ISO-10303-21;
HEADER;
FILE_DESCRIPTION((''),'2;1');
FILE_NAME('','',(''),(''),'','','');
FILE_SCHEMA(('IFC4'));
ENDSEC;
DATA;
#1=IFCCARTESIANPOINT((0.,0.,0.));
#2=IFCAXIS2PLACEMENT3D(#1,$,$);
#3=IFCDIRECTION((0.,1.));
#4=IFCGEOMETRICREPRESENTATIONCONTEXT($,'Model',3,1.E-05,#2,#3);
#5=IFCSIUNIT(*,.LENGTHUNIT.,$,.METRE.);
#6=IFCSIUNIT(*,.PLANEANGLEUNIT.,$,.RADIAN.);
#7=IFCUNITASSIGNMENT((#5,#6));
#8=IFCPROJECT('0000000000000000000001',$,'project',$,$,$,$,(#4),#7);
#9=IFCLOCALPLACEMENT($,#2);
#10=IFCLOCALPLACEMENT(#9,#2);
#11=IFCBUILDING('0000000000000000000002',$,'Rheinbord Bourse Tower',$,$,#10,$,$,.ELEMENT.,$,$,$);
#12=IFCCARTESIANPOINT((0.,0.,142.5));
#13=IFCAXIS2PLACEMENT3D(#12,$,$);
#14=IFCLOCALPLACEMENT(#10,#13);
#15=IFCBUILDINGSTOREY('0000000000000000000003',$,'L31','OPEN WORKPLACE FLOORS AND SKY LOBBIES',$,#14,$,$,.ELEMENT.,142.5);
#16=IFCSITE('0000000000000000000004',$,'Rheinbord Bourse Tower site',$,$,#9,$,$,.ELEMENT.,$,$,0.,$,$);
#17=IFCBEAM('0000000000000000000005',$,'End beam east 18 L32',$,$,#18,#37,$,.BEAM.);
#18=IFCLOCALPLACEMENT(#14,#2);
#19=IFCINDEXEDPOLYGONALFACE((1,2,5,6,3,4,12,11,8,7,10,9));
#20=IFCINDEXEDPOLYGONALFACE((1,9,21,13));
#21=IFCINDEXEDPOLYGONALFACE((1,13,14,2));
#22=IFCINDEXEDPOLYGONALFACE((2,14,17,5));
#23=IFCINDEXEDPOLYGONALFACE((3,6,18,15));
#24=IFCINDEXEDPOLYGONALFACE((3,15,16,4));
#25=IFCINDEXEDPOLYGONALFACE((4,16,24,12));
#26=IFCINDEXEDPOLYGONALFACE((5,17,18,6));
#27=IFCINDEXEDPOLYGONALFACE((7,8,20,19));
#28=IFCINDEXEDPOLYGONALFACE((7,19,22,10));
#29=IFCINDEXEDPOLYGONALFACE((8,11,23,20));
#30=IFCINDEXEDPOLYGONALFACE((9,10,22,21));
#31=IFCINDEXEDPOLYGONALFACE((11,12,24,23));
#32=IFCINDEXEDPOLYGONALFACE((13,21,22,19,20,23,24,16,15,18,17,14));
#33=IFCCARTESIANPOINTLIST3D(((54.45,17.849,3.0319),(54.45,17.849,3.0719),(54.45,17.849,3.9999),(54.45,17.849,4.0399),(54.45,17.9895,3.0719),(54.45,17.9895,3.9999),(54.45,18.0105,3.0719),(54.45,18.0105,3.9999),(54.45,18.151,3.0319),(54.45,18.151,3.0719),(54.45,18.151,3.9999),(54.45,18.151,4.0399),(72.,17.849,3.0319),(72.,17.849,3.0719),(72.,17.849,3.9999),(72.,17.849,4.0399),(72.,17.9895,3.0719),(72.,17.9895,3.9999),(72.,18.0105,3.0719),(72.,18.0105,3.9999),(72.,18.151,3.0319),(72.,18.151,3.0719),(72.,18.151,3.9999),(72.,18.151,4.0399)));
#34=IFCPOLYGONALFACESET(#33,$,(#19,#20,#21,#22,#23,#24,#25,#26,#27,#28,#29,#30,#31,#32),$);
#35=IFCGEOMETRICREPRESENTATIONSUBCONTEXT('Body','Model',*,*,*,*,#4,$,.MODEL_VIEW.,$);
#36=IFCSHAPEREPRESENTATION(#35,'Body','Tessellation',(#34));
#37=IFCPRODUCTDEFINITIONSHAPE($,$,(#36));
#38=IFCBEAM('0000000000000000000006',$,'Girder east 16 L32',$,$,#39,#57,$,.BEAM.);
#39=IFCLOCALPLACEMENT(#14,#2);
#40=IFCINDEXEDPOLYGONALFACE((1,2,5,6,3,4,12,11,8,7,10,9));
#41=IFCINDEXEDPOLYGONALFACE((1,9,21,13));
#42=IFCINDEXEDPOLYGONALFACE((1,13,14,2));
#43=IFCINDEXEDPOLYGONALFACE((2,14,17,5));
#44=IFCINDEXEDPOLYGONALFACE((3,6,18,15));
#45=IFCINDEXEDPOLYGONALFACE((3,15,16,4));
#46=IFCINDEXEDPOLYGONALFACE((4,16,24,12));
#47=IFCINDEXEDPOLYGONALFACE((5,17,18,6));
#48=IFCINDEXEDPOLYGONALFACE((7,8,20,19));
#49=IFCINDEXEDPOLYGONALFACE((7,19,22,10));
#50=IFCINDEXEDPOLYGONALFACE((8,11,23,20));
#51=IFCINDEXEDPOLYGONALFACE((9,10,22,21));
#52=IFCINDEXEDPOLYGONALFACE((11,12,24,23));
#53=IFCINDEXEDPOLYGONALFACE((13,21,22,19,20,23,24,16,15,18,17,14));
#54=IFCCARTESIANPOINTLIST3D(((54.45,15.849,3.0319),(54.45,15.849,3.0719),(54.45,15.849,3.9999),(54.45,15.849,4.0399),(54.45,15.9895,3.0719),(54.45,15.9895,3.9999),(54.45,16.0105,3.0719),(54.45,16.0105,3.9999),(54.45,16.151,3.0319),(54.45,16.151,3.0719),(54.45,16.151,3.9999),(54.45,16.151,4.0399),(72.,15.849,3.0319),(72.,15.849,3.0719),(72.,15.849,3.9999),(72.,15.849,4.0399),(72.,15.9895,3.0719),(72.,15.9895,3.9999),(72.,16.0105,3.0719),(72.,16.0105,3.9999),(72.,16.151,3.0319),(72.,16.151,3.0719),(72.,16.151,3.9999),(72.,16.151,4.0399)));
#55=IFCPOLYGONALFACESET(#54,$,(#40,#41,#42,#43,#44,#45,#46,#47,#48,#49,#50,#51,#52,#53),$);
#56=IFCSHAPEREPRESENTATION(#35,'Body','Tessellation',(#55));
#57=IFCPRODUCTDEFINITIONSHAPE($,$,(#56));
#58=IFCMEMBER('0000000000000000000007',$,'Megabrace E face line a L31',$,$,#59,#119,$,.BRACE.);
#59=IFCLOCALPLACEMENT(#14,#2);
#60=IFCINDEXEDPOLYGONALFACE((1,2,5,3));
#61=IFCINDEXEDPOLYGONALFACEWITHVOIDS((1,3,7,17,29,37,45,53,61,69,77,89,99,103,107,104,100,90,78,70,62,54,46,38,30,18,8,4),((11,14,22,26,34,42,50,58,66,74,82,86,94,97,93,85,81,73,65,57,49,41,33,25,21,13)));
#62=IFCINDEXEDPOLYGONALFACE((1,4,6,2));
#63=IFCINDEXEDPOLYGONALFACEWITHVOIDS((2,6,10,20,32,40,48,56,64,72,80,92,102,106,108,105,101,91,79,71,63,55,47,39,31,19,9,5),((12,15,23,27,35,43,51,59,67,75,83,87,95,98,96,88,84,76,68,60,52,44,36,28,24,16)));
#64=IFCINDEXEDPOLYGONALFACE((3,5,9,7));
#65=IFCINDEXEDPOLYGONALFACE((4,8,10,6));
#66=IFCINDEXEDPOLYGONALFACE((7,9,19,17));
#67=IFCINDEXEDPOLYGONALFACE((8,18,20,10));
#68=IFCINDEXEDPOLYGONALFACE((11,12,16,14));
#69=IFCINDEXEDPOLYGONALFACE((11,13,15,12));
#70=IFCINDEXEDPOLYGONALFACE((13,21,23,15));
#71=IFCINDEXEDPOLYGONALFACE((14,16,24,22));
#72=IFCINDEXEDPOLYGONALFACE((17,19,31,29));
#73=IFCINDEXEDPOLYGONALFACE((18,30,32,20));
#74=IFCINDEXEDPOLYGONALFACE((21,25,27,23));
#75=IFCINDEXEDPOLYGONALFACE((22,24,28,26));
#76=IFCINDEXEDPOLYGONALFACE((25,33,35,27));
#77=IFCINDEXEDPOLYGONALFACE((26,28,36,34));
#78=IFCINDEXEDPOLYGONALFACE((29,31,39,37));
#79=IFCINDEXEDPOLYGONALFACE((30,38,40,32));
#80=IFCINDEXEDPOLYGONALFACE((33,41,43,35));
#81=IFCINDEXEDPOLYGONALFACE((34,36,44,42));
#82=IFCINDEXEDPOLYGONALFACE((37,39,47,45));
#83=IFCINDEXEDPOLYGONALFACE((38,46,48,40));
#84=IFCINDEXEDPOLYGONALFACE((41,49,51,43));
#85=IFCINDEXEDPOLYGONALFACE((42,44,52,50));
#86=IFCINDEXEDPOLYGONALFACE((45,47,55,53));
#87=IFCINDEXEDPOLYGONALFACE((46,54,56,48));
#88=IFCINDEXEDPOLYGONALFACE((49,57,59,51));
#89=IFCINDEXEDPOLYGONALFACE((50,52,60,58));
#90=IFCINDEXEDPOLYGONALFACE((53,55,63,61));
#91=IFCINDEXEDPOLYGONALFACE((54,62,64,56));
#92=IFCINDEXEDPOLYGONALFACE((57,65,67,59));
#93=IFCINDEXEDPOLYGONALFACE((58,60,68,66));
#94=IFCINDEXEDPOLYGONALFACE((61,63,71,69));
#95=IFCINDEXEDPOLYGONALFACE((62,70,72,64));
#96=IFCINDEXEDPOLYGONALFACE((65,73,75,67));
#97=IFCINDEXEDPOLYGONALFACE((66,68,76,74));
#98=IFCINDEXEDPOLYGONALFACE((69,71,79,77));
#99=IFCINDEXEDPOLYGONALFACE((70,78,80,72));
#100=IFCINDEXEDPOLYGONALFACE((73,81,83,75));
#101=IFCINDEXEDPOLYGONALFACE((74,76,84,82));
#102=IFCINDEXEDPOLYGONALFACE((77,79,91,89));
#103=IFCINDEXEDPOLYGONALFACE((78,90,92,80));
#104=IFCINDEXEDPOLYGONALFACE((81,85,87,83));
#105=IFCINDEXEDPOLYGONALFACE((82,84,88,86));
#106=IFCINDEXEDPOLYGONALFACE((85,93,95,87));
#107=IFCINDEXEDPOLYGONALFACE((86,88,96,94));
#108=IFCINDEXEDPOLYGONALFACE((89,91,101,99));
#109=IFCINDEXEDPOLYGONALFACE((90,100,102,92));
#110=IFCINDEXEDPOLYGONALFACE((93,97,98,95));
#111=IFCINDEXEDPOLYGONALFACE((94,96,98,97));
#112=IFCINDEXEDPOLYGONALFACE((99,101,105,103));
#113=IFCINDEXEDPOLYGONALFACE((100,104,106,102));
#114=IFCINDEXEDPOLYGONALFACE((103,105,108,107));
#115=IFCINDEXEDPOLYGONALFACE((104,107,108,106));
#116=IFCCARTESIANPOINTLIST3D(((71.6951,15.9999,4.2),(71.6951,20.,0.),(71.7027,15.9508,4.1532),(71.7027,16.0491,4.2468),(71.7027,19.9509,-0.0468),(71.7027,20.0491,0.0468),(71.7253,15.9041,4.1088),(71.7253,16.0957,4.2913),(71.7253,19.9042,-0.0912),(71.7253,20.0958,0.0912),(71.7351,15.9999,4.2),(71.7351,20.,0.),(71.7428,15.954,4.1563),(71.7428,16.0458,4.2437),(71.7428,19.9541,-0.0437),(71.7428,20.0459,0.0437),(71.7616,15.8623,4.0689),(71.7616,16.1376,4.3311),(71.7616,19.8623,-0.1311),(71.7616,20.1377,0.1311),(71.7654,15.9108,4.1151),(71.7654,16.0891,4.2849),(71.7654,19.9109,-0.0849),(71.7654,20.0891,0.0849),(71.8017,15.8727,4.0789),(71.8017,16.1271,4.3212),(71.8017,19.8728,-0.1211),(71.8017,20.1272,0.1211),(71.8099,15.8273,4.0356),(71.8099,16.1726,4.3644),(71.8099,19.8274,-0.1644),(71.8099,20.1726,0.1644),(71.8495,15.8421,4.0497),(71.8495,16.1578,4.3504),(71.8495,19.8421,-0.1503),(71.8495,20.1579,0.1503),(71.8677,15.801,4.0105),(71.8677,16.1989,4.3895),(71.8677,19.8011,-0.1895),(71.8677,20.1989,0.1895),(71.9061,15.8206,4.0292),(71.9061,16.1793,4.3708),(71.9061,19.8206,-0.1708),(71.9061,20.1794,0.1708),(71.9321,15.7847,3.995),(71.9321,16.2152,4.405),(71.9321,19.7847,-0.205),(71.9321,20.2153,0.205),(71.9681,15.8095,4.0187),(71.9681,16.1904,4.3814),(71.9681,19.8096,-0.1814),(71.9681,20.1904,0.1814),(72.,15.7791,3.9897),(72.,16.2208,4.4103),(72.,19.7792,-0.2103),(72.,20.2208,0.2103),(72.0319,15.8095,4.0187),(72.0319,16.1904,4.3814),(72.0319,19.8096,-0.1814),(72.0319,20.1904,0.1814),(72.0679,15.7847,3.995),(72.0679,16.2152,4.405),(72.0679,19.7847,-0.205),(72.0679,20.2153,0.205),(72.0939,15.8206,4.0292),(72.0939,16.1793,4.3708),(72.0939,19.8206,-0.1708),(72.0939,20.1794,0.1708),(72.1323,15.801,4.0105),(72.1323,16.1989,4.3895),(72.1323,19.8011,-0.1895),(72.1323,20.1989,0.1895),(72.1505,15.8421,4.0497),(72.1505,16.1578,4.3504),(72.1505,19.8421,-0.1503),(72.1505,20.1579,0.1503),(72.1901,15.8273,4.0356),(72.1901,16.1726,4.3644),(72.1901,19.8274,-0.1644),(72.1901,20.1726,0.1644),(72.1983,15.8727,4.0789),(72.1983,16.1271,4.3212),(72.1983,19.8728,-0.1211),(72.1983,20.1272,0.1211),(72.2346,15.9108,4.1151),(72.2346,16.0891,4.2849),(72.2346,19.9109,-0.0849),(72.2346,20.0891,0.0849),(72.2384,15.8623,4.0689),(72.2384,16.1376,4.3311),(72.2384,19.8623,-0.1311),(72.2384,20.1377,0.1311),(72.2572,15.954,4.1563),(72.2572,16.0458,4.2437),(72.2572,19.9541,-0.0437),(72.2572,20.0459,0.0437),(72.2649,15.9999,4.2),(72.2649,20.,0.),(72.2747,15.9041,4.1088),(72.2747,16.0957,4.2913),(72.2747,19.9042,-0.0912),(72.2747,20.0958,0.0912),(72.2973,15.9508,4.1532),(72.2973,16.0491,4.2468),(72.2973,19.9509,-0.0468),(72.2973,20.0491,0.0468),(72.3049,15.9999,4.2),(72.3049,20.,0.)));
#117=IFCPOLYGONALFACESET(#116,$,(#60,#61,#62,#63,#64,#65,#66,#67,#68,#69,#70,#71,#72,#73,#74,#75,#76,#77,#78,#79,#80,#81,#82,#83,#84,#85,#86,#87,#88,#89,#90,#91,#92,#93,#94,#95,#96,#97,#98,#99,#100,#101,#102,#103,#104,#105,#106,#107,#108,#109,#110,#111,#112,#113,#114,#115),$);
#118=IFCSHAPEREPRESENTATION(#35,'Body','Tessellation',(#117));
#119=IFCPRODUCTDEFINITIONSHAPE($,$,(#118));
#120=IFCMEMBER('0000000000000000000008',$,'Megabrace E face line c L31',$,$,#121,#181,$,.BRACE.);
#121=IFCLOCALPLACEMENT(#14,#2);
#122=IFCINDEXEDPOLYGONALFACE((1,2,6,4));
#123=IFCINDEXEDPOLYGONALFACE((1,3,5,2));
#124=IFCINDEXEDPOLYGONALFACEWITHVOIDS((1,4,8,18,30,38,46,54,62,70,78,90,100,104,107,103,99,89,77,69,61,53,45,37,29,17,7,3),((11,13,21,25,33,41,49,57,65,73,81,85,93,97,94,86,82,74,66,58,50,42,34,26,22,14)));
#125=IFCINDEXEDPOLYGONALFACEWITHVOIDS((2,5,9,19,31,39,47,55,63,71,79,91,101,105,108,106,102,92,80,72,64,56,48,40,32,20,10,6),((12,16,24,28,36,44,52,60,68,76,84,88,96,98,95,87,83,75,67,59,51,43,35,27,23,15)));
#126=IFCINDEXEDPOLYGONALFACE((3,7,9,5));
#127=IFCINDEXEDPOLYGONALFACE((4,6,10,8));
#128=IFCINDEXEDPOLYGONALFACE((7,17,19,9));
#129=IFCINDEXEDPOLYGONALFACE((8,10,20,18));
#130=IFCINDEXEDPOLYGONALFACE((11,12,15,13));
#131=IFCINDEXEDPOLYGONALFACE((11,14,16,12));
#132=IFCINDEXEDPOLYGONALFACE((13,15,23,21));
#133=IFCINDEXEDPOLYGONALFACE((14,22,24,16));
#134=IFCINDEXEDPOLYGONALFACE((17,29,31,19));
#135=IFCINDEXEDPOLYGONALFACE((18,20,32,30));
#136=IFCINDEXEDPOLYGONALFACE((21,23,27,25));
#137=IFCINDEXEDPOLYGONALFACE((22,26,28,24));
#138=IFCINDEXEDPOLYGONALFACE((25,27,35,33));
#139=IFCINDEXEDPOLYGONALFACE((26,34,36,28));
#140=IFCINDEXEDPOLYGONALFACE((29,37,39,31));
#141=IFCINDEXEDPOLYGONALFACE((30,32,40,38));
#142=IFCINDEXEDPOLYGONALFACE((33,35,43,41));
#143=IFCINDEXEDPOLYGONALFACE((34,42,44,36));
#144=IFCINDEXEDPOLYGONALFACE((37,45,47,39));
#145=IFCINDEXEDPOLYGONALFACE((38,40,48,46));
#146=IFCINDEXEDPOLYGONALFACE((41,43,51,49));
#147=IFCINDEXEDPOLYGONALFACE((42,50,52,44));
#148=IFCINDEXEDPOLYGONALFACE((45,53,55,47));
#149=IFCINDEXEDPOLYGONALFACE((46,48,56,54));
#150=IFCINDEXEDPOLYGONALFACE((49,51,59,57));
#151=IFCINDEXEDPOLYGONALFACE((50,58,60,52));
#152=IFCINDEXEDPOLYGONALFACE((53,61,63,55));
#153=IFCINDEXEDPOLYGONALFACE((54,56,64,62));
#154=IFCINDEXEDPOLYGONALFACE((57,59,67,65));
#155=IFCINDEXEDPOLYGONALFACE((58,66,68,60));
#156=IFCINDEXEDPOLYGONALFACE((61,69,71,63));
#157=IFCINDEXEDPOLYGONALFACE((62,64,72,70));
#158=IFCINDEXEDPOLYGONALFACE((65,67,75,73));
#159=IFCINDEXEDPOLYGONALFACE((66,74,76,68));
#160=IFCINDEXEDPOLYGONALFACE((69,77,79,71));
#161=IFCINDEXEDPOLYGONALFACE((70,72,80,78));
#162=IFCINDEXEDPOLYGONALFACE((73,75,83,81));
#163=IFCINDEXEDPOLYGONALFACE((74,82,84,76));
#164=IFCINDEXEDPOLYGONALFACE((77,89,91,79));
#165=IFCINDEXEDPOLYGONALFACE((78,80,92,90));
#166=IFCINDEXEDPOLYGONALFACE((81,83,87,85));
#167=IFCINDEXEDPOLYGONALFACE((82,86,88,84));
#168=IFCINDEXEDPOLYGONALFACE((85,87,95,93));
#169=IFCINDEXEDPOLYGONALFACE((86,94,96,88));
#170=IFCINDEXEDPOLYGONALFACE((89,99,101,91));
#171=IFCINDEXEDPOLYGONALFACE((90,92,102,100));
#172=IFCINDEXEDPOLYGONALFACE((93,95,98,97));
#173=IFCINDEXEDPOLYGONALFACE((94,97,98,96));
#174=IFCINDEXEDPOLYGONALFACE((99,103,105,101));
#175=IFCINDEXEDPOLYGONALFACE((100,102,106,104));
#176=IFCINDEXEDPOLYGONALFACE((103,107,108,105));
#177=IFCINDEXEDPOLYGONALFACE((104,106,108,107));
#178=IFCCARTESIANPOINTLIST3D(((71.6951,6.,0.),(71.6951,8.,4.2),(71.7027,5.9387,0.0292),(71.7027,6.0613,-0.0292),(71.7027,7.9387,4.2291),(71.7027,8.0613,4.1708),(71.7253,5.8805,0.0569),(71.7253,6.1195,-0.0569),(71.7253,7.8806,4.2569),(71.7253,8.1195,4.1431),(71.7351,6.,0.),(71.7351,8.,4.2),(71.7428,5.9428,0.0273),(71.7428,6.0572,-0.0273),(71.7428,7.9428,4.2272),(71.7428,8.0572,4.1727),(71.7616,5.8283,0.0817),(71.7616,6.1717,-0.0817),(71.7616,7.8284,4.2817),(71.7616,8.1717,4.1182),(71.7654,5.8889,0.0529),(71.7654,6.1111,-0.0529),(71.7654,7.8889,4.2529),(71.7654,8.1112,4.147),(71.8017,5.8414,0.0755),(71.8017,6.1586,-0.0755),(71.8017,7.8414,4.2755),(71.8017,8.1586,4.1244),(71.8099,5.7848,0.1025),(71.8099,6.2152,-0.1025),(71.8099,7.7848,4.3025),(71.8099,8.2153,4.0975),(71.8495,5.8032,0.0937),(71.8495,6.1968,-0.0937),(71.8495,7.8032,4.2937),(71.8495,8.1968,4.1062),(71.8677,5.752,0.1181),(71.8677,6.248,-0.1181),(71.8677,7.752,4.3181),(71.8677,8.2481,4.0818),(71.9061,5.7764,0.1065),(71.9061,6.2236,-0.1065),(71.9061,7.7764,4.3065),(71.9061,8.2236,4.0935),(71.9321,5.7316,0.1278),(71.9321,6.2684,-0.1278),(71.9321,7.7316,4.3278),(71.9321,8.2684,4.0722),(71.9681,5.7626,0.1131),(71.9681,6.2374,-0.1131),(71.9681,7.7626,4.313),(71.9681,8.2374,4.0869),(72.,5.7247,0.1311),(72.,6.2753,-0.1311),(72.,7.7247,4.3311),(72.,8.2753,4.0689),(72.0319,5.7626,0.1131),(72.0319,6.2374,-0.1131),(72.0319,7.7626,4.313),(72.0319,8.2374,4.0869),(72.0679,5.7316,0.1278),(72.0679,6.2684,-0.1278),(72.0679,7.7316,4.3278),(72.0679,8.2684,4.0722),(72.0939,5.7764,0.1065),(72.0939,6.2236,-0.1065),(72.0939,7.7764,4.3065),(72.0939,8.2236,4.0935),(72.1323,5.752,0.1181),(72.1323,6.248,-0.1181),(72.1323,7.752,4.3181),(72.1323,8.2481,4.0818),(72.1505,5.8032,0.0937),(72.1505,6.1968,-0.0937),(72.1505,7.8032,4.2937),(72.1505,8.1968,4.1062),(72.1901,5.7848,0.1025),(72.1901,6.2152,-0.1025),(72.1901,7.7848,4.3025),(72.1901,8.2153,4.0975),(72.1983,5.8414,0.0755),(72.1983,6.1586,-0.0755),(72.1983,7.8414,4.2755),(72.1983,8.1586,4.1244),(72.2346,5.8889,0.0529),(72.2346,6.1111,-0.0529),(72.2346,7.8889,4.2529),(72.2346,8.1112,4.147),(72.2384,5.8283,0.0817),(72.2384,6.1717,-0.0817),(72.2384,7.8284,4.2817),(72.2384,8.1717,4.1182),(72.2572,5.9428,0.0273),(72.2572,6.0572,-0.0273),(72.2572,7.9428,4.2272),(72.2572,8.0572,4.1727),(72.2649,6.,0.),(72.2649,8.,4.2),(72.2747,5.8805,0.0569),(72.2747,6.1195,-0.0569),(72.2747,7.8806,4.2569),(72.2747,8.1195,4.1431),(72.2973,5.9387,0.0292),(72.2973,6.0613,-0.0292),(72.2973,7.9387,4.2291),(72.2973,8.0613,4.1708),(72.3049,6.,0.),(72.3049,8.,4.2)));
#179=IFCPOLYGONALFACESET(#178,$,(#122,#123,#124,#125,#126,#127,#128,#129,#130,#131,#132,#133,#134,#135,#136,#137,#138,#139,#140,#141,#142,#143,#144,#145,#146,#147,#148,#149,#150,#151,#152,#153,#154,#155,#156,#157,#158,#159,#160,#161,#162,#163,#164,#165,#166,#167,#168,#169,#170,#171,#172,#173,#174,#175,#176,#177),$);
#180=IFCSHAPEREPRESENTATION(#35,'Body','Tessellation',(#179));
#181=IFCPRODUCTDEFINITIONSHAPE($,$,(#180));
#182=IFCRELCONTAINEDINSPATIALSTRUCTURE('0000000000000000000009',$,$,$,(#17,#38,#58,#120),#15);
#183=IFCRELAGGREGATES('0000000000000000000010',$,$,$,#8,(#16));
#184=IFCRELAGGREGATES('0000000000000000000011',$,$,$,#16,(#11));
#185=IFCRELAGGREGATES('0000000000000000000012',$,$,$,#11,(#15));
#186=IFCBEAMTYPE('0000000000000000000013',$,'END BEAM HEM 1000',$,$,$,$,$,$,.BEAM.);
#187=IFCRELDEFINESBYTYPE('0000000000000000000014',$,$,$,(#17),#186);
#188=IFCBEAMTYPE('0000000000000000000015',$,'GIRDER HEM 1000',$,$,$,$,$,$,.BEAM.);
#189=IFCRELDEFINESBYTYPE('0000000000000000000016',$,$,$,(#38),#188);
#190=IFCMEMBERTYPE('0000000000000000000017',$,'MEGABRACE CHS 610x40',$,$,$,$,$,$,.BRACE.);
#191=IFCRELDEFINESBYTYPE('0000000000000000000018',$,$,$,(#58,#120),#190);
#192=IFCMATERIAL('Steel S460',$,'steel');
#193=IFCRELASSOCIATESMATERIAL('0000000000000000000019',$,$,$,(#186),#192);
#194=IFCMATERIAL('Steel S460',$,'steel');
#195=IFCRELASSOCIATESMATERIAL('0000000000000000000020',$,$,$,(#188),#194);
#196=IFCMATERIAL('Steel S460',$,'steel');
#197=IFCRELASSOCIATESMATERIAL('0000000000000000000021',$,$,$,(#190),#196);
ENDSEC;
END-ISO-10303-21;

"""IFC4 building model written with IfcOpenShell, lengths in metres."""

from ifc_helpers import new_model, si_unit, direction, frame, origin, origin_2d, place, context, subcontext, project, spatial, hollow_circle, i_section, extrude, material, material_profile, profile_set, type_object, element, save


model = new_model("IFC4")

# Units and contexts
model_context = context("Model", 3, precision=1e-05, world=origin(), true_north=direction((0.0, 1.0)))
body_context = subcontext(model_context, "Body", "Model", "MODEL_VIEW")
ifc_project = project(units=[si_unit("LENGTHUNIT", "METRE"), si_unit("PLANEANGLEUNIT", "RADIAN")], contexts=[model_context])

# Site, building, storey
site_placement = place(None, origin())
site = spatial("IfcSite", under=ifc_project, at=site_placement, Name="Rheinbord Bourse Tower site", CompositionType="ELEMENT", RefElevation=0.0)
building_placement = place(site_placement, origin())
building = spatial("IfcBuilding", under=site, at=building_placement, Name="Rheinbord Bourse Tower", CompositionType="ELEMENT")
storey_placement = place(building_placement, frame((0.0, 0.0, 142.5)))
storey = spatial("IfcBuildingStorey", under=building, at=storey_placement, Name="L31", Description="OPEN WORKPLACE FLOORS AND SKY LOBBIES", CompositionType="ELEMENT", Elevation=142.5)

# Beams
ifc_material_1 = material(Name="Steel S460", Category="steel")
ifc_material_profile_1 = material_profile(ifc_material_1, i_section(OverallWidth=0.302, OverallDepth=1.0081, WebThickness=0.021, FlangeThickness=0.04, at=origin_2d()), Name="HEM 1000")
ifc_profile_set_1 = profile_set([ifc_material_profile_1], Name="Steel S460")
beam_type_1 = type_object("IfcBeamType", Name="END BEAM HEM 1000", PredefinedType="BEAM", material=ifc_profile_set_1)
beam_1_placement = place(storey_placement, frame((54.45, 18.0, 3.5359), z_axis=(1.0, 0.0, 0.0), x_axis=(0.0, 1.0, 0.0)))
element("IfcBeam", 1, at=beam_1_placement, inside=storey, type_object=beam_type_1, Name="End beam east 18 L32", PredefinedType="BEAM", context=body_context, shape_type="SweptSolid", body=[
    extrude(i_section(OverallWidth=0.302, OverallDepth=1.0081, WebThickness=0.021, FlangeThickness=0.04, at=origin_2d()), origin(), (0.0, 0.0, 1.0), 17.55),
])
ifc_material_2 = material(Name="Steel S460", Category="steel")
ifc_material_profile_2 = material_profile(ifc_material_2, i_section(OverallWidth=0.302, OverallDepth=1.0081, WebThickness=0.021, FlangeThickness=0.04, at=origin_2d()), Name="HEM 1000")
ifc_profile_set_2 = profile_set([ifc_material_profile_2], Name="Steel S460")
beam_type_2 = type_object("IfcBeamType", Name="GIRDER HEM 1000", PredefinedType="BEAM", material=ifc_profile_set_2)
beam_2_placement = place(storey_placement, frame((54.45, 16.0, 3.5359), z_axis=(1.0, 0.0, 0.0), x_axis=(0.0, 1.0, 0.0)))
element("IfcBeam", 2, at=beam_2_placement, inside=storey, type_object=beam_type_2, Name="Girder east 16 L32", PredefinedType="BEAM", context=body_context, shape_type="SweptSolid", body=[
    extrude(i_section(OverallWidth=0.302, OverallDepth=1.0081, WebThickness=0.021, FlangeThickness=0.04, at=origin_2d()), origin(), (0.0, 0.0, 1.0), 17.55),
])

# Members
ifc_material_3 = material(Name="Steel S460", Category="steel")
ifc_material_profile_3 = material_profile(ifc_material_3, hollow_circle(Radius=0.3049, WallThickness=0.04, at=origin_2d()), Name="CHS 610x40")
ifc_profile_set_3 = profile_set([ifc_material_profile_3], Name="Steel S460")
member_type_1 = type_object("IfcMemberType", Name="MEGABRACE CHS 610x40", PredefinedType="BRACE", material=ifc_profile_set_3)
member_1_placement = place(storey_placement, frame((72.0, 20.0, 0.0), z_axis=(0.0, -0.689659, 0.724134), x_axis=(1.0, 0.0, 0.0)))
element("IfcMember", 3, at=member_1_placement, inside=storey, type_object=member_type_1, Name="Megabrace E face line a L31", PredefinedType="BRACE", context=body_context, shape_type="SweptSolid", body=[
    extrude(hollow_circle(Radius=0.3049, WallThickness=0.04, at=origin_2d()), origin(), (0.0, 0.0, 1.0), 5.8),
])
member_2_placement = place(storey_placement, frame((72.0, 6.0, 0.0), z_axis=(0.0, 0.429938, 0.902859), x_axis=(-1.0, 0.0, 0.0)))
element("IfcMember", 4, at=member_2_placement, inside=storey, type_object=member_type_1, Name="Megabrace E face line c L31", PredefinedType="BRACE", context=body_context, shape_type="SweptSolid", body=[
    extrude(hollow_circle(Radius=0.3049, WallThickness=0.04, at=origin_2d()), origin(), (0.0, 0.0, 1.0), 4.6519),
])

save(model, "model.ifc")
